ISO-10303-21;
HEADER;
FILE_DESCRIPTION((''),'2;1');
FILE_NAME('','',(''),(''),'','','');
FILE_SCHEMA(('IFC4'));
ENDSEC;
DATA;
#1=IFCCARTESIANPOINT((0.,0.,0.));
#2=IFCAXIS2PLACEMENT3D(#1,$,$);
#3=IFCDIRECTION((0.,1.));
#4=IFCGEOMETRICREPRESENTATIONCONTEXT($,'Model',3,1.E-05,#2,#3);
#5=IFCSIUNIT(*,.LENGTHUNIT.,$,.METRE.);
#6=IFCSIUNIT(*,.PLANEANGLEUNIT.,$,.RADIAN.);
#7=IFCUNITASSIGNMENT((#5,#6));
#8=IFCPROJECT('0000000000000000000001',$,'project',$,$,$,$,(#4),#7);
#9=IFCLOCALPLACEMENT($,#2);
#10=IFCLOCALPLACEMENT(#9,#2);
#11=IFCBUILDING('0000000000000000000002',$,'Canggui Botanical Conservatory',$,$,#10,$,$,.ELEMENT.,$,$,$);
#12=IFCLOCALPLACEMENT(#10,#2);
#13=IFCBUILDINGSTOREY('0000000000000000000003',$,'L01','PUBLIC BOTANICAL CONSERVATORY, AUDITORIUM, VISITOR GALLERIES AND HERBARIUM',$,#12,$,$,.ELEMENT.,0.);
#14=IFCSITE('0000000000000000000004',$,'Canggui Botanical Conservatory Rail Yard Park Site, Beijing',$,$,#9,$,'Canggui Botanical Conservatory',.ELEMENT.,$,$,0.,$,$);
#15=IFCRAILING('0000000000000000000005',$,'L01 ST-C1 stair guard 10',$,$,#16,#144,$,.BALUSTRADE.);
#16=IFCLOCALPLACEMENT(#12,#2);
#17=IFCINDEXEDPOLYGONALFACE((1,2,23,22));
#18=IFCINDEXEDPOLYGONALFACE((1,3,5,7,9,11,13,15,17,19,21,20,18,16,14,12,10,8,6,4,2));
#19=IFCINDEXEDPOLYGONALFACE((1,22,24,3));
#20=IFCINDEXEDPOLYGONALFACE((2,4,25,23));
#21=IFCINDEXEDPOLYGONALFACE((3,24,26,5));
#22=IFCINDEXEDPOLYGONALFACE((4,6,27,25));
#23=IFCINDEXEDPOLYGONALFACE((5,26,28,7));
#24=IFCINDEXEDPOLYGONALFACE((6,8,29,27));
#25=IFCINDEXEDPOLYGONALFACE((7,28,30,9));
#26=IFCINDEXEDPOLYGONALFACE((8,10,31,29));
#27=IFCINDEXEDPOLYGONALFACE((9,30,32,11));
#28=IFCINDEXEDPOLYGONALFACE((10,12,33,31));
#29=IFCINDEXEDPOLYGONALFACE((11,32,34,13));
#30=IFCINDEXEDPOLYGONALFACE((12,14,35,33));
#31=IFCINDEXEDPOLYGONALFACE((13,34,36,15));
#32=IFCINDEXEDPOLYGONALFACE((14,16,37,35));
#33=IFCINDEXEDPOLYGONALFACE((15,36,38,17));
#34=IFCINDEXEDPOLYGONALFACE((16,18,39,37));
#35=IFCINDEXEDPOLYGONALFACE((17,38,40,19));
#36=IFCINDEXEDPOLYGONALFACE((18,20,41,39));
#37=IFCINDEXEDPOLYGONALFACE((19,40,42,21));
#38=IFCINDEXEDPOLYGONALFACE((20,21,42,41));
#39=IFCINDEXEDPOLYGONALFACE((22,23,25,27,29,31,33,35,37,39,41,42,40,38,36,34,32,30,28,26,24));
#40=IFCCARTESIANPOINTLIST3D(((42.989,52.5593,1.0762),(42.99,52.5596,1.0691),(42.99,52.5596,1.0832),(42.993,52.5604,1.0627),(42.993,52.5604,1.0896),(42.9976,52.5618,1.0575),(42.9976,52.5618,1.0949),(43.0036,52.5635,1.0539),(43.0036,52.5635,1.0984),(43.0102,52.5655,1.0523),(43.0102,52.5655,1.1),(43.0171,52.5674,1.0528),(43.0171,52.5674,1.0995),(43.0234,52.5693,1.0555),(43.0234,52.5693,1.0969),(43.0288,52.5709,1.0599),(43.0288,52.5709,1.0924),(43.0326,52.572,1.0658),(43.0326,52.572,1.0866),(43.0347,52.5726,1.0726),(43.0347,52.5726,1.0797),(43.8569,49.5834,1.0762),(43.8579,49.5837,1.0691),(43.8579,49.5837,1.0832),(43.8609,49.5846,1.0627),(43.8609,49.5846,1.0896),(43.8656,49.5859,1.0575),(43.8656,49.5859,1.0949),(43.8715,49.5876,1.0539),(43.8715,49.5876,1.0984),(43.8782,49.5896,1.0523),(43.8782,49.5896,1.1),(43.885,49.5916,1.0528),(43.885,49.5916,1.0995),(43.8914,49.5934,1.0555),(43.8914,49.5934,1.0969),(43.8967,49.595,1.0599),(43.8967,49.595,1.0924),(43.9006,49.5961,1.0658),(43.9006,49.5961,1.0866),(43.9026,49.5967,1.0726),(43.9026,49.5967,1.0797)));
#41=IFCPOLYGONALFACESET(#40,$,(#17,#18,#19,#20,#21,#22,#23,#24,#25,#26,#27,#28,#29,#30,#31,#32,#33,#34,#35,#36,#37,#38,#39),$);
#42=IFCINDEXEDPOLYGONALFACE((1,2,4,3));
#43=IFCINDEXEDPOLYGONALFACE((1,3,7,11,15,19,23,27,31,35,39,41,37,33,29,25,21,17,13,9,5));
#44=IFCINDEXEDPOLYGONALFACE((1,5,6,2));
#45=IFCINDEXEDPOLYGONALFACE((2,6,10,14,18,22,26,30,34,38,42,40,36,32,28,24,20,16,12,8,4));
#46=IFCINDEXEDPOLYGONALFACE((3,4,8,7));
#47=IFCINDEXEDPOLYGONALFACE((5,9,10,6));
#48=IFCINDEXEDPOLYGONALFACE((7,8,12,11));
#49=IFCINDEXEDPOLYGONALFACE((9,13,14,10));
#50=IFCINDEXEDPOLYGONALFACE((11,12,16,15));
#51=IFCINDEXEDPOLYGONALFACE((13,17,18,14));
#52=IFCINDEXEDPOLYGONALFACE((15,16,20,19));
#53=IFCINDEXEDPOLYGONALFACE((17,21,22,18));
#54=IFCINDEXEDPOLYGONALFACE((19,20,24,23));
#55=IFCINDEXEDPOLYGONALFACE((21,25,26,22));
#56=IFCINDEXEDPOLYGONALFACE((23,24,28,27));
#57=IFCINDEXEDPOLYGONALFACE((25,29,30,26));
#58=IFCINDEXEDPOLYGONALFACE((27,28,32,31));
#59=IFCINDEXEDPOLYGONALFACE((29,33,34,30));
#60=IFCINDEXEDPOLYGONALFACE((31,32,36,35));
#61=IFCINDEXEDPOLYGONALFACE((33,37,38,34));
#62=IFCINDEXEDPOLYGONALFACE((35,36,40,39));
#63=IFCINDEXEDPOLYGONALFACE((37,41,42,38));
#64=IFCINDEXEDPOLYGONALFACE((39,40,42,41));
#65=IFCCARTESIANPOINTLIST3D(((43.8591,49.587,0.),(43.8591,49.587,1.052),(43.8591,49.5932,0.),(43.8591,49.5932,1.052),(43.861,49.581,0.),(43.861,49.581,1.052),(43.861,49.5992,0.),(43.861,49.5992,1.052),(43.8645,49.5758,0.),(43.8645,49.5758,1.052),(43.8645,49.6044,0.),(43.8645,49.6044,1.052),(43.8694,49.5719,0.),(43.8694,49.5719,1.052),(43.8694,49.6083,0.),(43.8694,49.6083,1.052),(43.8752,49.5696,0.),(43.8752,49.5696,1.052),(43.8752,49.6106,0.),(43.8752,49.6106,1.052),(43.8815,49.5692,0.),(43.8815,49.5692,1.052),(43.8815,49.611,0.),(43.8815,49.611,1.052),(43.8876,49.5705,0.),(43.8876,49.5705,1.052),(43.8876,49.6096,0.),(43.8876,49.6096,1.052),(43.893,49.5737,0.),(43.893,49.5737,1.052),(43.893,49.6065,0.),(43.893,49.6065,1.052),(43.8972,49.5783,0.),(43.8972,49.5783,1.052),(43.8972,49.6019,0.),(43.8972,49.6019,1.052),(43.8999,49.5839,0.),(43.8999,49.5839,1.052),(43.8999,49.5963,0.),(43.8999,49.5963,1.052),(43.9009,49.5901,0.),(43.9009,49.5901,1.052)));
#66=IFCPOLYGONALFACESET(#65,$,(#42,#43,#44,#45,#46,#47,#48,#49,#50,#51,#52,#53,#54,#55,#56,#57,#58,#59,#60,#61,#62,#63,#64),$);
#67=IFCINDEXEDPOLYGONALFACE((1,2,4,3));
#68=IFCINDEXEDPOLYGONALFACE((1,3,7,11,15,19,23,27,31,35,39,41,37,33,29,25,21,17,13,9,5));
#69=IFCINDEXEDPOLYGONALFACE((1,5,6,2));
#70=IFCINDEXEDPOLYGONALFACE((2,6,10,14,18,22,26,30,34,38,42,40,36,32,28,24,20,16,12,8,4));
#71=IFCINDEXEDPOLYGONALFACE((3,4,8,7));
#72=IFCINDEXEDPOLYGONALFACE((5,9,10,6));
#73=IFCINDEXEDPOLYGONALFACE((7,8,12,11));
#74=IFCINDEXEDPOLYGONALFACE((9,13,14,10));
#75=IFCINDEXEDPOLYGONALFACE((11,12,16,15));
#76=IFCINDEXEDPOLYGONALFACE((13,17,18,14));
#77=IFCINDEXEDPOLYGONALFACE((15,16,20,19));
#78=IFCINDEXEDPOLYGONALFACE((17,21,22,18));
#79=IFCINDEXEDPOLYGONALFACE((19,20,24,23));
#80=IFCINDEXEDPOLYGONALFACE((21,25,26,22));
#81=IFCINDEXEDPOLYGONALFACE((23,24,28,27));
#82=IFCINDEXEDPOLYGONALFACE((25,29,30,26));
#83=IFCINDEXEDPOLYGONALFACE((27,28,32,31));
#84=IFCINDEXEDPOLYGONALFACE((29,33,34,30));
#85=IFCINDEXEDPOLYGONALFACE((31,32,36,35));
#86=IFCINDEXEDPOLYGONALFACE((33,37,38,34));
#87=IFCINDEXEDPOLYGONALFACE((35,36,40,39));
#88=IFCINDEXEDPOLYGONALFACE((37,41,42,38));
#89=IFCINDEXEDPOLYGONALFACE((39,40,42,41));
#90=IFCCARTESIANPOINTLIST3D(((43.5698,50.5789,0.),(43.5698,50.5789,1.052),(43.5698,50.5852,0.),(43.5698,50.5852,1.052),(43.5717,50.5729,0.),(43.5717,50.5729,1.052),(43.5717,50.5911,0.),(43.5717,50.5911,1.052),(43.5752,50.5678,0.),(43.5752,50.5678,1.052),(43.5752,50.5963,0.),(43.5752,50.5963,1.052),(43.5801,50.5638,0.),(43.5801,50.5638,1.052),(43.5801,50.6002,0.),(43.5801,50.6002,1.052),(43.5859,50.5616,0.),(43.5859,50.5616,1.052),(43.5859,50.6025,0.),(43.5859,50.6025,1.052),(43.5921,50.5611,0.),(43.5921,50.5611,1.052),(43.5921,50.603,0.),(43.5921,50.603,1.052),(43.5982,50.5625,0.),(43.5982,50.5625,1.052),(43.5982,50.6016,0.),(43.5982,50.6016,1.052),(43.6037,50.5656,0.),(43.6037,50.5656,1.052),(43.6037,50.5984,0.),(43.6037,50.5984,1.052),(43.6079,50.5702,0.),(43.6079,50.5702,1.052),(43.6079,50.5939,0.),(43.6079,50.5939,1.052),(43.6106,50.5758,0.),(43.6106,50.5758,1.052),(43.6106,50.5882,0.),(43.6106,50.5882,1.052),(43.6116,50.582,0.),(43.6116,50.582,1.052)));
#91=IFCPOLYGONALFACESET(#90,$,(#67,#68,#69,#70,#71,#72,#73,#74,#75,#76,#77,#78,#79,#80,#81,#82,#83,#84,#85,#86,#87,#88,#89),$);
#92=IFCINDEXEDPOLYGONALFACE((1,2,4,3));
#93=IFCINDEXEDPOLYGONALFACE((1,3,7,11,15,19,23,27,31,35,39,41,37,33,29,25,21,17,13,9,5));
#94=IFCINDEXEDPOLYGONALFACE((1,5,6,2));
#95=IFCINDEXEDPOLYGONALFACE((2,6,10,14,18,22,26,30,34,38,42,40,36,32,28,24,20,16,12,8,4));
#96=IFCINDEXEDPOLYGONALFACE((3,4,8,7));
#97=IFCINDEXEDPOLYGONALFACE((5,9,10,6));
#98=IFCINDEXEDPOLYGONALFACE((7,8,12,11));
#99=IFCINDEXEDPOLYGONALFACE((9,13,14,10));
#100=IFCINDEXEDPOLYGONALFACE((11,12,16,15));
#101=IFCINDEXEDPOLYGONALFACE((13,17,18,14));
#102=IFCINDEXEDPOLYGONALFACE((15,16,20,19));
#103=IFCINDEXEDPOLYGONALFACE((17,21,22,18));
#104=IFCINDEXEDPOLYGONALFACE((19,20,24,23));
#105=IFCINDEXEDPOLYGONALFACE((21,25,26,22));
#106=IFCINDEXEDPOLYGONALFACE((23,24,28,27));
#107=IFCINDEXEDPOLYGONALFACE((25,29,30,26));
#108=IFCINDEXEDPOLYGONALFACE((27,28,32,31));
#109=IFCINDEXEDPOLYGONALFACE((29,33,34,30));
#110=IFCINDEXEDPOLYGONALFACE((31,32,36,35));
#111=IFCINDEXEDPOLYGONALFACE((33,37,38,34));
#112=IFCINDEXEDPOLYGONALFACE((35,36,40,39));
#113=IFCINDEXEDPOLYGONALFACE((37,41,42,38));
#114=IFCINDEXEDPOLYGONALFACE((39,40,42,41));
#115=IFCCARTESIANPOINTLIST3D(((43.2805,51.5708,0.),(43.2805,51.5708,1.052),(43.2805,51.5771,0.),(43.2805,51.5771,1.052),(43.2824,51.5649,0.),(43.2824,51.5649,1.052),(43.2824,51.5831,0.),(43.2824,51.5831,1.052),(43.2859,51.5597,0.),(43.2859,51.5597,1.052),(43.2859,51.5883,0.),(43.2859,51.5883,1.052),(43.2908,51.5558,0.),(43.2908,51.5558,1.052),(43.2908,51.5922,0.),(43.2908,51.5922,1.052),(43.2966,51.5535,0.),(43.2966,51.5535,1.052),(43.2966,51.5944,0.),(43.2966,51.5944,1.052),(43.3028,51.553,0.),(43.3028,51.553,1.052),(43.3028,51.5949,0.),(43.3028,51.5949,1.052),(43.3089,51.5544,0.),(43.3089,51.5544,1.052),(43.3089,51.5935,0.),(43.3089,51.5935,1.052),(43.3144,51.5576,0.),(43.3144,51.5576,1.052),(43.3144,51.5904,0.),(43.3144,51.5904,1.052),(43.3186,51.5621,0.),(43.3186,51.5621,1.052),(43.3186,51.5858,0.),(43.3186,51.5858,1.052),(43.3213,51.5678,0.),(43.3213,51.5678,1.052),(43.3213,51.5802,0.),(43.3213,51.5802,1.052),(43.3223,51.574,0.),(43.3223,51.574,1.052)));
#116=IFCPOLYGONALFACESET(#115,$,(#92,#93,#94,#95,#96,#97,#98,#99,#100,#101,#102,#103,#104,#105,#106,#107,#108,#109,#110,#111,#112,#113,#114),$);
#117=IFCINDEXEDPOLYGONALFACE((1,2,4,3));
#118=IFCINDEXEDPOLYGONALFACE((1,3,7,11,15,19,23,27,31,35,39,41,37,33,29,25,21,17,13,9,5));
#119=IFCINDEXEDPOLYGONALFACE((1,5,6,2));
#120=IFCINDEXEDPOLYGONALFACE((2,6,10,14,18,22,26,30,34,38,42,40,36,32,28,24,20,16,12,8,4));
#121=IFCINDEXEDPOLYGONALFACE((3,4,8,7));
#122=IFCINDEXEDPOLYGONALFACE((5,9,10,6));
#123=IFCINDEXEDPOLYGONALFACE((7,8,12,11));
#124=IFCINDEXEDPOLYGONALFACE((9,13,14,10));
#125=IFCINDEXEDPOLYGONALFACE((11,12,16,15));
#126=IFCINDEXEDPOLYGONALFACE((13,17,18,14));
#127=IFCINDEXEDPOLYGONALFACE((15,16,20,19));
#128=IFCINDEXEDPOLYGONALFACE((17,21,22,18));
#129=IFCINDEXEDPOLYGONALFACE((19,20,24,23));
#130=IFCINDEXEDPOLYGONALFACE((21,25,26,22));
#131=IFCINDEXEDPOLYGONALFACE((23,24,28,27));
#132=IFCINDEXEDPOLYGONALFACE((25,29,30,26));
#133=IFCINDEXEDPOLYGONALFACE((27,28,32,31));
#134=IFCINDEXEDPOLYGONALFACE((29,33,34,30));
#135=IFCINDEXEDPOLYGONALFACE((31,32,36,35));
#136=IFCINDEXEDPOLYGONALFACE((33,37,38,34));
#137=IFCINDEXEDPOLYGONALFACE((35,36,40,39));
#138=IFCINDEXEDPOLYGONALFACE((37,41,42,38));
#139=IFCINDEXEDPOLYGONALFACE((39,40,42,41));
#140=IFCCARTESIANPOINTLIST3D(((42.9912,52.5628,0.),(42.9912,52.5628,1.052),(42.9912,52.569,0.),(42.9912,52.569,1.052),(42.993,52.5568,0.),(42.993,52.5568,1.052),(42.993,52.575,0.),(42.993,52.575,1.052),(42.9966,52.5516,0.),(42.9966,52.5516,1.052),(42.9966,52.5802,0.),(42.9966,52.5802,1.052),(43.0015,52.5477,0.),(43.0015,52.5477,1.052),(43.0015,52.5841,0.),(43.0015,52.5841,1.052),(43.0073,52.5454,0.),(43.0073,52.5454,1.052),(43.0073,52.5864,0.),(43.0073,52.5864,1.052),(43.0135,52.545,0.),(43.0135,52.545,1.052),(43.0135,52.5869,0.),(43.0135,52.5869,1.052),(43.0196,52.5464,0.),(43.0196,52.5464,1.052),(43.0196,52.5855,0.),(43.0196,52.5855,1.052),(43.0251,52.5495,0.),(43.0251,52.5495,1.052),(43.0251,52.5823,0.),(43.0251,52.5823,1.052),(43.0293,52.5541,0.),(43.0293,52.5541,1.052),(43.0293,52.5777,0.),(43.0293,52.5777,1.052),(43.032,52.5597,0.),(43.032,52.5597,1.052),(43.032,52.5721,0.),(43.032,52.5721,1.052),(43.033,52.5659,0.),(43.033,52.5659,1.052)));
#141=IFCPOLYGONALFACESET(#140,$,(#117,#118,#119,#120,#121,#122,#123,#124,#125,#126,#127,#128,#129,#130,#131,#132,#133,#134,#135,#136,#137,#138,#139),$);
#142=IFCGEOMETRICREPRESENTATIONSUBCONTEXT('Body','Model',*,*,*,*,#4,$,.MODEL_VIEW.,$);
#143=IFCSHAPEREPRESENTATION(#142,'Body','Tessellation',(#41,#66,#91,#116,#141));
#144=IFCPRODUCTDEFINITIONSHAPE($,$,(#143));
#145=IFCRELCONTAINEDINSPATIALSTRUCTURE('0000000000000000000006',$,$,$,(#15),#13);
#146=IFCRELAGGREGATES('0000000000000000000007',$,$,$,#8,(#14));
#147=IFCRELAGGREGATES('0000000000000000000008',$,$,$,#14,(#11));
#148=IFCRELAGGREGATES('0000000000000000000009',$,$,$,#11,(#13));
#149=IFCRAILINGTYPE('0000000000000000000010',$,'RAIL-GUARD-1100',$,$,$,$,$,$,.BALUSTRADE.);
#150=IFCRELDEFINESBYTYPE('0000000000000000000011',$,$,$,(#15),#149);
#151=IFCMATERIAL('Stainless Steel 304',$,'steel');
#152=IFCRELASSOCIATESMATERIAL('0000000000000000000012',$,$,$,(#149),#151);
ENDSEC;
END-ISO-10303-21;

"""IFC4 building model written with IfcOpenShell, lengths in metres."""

from ifc_helpers import new_model, si_unit, direction, frame, origin, origin_2d, place, context, subcontext, project, spatial, circle, extrude, material, type_object, element, save


model = new_model("IFC4")

# Units and contexts
model_context = context("Model", 3, precision=1e-05, world=origin(), true_north=direction((0.0, 1.0)))
body_context = subcontext(model_context, "Body", "Model", "MODEL_VIEW")
ifc_project = project(units=[si_unit("LENGTHUNIT", "METRE"), si_unit("PLANEANGLEUNIT", "RADIAN")], contexts=[model_context])

# Site, building, storey
site_placement = place(None, origin())
site = spatial("IfcSite", under=ifc_project, at=site_placement, Name="Canggui Botanical Conservatory Rail Yard Park Site, Beijing", LongName="Canggui Botanical Conservatory", CompositionType="ELEMENT", RefElevation=0.0)
building_placement = place(site_placement, origin())
building = spatial("IfcBuilding", under=site, at=building_placement, Name="Canggui Botanical Conservatory", CompositionType="ELEMENT")
storey_placement = place(building_placement, origin())
storey = spatial("IfcBuildingStorey", under=building, at=storey_placement, Name="L01", Description="PUBLIC BOTANICAL CONSERVATORY, AUDITORIUM, VISITOR GALLERIES AND HERBARIUM", CompositionType="ELEMENT", Elevation=0.0)

# Railing
ifc_material_1 = material(Name="Stainless Steel 304", Category="steel")
railing_type = type_object("IfcRailingType", Name="RAIL-GUARD-1100", PredefinedType="BALUSTRADE", material=ifc_material_1)
railing_1_placement = place(storey_placement, frame((43.8799, 49.5901, 0.0)))
element("IfcRailing", 1, at=railing_1_placement, inside=storey, type_object=railing_type, Name="L01 ST-C1 stair guard 10", PredefinedType="BALUSTRADE", context=body_context, shape_type="SweptSolid", body=[
    extrude(circle(Radius=0.0239, at=origin_2d()), frame((0.0, 0.0, 1.0762), z_axis=(-0.279991, 0.960003, 0.0), x_axis=(-0.960003, -0.279991, 0.0)), (0.0, 0.0, 1.0), 3.0999),
    extrude(circle(Radius=0.021, at=origin_2d()), origin(), (0.0, 0.0, 1.0), 1.052),
    extrude(circle(Radius=0.021, at=origin_2d()), frame((-0.2893, 0.9919, 0.0)), (0.0, 0.0, 1.0), 1.052),
    extrude(circle(Radius=0.021, at=origin_2d()), frame((-0.5786, 1.9839, 0.0)), (0.0, 0.0, 1.0), 1.052),
    extrude(circle(Radius=0.021, at=origin_2d()), frame((-0.8679, 2.9758, 0.0)), (0.0, 0.0, 1.0), 1.052),
])

save(model, "model.ifc")
